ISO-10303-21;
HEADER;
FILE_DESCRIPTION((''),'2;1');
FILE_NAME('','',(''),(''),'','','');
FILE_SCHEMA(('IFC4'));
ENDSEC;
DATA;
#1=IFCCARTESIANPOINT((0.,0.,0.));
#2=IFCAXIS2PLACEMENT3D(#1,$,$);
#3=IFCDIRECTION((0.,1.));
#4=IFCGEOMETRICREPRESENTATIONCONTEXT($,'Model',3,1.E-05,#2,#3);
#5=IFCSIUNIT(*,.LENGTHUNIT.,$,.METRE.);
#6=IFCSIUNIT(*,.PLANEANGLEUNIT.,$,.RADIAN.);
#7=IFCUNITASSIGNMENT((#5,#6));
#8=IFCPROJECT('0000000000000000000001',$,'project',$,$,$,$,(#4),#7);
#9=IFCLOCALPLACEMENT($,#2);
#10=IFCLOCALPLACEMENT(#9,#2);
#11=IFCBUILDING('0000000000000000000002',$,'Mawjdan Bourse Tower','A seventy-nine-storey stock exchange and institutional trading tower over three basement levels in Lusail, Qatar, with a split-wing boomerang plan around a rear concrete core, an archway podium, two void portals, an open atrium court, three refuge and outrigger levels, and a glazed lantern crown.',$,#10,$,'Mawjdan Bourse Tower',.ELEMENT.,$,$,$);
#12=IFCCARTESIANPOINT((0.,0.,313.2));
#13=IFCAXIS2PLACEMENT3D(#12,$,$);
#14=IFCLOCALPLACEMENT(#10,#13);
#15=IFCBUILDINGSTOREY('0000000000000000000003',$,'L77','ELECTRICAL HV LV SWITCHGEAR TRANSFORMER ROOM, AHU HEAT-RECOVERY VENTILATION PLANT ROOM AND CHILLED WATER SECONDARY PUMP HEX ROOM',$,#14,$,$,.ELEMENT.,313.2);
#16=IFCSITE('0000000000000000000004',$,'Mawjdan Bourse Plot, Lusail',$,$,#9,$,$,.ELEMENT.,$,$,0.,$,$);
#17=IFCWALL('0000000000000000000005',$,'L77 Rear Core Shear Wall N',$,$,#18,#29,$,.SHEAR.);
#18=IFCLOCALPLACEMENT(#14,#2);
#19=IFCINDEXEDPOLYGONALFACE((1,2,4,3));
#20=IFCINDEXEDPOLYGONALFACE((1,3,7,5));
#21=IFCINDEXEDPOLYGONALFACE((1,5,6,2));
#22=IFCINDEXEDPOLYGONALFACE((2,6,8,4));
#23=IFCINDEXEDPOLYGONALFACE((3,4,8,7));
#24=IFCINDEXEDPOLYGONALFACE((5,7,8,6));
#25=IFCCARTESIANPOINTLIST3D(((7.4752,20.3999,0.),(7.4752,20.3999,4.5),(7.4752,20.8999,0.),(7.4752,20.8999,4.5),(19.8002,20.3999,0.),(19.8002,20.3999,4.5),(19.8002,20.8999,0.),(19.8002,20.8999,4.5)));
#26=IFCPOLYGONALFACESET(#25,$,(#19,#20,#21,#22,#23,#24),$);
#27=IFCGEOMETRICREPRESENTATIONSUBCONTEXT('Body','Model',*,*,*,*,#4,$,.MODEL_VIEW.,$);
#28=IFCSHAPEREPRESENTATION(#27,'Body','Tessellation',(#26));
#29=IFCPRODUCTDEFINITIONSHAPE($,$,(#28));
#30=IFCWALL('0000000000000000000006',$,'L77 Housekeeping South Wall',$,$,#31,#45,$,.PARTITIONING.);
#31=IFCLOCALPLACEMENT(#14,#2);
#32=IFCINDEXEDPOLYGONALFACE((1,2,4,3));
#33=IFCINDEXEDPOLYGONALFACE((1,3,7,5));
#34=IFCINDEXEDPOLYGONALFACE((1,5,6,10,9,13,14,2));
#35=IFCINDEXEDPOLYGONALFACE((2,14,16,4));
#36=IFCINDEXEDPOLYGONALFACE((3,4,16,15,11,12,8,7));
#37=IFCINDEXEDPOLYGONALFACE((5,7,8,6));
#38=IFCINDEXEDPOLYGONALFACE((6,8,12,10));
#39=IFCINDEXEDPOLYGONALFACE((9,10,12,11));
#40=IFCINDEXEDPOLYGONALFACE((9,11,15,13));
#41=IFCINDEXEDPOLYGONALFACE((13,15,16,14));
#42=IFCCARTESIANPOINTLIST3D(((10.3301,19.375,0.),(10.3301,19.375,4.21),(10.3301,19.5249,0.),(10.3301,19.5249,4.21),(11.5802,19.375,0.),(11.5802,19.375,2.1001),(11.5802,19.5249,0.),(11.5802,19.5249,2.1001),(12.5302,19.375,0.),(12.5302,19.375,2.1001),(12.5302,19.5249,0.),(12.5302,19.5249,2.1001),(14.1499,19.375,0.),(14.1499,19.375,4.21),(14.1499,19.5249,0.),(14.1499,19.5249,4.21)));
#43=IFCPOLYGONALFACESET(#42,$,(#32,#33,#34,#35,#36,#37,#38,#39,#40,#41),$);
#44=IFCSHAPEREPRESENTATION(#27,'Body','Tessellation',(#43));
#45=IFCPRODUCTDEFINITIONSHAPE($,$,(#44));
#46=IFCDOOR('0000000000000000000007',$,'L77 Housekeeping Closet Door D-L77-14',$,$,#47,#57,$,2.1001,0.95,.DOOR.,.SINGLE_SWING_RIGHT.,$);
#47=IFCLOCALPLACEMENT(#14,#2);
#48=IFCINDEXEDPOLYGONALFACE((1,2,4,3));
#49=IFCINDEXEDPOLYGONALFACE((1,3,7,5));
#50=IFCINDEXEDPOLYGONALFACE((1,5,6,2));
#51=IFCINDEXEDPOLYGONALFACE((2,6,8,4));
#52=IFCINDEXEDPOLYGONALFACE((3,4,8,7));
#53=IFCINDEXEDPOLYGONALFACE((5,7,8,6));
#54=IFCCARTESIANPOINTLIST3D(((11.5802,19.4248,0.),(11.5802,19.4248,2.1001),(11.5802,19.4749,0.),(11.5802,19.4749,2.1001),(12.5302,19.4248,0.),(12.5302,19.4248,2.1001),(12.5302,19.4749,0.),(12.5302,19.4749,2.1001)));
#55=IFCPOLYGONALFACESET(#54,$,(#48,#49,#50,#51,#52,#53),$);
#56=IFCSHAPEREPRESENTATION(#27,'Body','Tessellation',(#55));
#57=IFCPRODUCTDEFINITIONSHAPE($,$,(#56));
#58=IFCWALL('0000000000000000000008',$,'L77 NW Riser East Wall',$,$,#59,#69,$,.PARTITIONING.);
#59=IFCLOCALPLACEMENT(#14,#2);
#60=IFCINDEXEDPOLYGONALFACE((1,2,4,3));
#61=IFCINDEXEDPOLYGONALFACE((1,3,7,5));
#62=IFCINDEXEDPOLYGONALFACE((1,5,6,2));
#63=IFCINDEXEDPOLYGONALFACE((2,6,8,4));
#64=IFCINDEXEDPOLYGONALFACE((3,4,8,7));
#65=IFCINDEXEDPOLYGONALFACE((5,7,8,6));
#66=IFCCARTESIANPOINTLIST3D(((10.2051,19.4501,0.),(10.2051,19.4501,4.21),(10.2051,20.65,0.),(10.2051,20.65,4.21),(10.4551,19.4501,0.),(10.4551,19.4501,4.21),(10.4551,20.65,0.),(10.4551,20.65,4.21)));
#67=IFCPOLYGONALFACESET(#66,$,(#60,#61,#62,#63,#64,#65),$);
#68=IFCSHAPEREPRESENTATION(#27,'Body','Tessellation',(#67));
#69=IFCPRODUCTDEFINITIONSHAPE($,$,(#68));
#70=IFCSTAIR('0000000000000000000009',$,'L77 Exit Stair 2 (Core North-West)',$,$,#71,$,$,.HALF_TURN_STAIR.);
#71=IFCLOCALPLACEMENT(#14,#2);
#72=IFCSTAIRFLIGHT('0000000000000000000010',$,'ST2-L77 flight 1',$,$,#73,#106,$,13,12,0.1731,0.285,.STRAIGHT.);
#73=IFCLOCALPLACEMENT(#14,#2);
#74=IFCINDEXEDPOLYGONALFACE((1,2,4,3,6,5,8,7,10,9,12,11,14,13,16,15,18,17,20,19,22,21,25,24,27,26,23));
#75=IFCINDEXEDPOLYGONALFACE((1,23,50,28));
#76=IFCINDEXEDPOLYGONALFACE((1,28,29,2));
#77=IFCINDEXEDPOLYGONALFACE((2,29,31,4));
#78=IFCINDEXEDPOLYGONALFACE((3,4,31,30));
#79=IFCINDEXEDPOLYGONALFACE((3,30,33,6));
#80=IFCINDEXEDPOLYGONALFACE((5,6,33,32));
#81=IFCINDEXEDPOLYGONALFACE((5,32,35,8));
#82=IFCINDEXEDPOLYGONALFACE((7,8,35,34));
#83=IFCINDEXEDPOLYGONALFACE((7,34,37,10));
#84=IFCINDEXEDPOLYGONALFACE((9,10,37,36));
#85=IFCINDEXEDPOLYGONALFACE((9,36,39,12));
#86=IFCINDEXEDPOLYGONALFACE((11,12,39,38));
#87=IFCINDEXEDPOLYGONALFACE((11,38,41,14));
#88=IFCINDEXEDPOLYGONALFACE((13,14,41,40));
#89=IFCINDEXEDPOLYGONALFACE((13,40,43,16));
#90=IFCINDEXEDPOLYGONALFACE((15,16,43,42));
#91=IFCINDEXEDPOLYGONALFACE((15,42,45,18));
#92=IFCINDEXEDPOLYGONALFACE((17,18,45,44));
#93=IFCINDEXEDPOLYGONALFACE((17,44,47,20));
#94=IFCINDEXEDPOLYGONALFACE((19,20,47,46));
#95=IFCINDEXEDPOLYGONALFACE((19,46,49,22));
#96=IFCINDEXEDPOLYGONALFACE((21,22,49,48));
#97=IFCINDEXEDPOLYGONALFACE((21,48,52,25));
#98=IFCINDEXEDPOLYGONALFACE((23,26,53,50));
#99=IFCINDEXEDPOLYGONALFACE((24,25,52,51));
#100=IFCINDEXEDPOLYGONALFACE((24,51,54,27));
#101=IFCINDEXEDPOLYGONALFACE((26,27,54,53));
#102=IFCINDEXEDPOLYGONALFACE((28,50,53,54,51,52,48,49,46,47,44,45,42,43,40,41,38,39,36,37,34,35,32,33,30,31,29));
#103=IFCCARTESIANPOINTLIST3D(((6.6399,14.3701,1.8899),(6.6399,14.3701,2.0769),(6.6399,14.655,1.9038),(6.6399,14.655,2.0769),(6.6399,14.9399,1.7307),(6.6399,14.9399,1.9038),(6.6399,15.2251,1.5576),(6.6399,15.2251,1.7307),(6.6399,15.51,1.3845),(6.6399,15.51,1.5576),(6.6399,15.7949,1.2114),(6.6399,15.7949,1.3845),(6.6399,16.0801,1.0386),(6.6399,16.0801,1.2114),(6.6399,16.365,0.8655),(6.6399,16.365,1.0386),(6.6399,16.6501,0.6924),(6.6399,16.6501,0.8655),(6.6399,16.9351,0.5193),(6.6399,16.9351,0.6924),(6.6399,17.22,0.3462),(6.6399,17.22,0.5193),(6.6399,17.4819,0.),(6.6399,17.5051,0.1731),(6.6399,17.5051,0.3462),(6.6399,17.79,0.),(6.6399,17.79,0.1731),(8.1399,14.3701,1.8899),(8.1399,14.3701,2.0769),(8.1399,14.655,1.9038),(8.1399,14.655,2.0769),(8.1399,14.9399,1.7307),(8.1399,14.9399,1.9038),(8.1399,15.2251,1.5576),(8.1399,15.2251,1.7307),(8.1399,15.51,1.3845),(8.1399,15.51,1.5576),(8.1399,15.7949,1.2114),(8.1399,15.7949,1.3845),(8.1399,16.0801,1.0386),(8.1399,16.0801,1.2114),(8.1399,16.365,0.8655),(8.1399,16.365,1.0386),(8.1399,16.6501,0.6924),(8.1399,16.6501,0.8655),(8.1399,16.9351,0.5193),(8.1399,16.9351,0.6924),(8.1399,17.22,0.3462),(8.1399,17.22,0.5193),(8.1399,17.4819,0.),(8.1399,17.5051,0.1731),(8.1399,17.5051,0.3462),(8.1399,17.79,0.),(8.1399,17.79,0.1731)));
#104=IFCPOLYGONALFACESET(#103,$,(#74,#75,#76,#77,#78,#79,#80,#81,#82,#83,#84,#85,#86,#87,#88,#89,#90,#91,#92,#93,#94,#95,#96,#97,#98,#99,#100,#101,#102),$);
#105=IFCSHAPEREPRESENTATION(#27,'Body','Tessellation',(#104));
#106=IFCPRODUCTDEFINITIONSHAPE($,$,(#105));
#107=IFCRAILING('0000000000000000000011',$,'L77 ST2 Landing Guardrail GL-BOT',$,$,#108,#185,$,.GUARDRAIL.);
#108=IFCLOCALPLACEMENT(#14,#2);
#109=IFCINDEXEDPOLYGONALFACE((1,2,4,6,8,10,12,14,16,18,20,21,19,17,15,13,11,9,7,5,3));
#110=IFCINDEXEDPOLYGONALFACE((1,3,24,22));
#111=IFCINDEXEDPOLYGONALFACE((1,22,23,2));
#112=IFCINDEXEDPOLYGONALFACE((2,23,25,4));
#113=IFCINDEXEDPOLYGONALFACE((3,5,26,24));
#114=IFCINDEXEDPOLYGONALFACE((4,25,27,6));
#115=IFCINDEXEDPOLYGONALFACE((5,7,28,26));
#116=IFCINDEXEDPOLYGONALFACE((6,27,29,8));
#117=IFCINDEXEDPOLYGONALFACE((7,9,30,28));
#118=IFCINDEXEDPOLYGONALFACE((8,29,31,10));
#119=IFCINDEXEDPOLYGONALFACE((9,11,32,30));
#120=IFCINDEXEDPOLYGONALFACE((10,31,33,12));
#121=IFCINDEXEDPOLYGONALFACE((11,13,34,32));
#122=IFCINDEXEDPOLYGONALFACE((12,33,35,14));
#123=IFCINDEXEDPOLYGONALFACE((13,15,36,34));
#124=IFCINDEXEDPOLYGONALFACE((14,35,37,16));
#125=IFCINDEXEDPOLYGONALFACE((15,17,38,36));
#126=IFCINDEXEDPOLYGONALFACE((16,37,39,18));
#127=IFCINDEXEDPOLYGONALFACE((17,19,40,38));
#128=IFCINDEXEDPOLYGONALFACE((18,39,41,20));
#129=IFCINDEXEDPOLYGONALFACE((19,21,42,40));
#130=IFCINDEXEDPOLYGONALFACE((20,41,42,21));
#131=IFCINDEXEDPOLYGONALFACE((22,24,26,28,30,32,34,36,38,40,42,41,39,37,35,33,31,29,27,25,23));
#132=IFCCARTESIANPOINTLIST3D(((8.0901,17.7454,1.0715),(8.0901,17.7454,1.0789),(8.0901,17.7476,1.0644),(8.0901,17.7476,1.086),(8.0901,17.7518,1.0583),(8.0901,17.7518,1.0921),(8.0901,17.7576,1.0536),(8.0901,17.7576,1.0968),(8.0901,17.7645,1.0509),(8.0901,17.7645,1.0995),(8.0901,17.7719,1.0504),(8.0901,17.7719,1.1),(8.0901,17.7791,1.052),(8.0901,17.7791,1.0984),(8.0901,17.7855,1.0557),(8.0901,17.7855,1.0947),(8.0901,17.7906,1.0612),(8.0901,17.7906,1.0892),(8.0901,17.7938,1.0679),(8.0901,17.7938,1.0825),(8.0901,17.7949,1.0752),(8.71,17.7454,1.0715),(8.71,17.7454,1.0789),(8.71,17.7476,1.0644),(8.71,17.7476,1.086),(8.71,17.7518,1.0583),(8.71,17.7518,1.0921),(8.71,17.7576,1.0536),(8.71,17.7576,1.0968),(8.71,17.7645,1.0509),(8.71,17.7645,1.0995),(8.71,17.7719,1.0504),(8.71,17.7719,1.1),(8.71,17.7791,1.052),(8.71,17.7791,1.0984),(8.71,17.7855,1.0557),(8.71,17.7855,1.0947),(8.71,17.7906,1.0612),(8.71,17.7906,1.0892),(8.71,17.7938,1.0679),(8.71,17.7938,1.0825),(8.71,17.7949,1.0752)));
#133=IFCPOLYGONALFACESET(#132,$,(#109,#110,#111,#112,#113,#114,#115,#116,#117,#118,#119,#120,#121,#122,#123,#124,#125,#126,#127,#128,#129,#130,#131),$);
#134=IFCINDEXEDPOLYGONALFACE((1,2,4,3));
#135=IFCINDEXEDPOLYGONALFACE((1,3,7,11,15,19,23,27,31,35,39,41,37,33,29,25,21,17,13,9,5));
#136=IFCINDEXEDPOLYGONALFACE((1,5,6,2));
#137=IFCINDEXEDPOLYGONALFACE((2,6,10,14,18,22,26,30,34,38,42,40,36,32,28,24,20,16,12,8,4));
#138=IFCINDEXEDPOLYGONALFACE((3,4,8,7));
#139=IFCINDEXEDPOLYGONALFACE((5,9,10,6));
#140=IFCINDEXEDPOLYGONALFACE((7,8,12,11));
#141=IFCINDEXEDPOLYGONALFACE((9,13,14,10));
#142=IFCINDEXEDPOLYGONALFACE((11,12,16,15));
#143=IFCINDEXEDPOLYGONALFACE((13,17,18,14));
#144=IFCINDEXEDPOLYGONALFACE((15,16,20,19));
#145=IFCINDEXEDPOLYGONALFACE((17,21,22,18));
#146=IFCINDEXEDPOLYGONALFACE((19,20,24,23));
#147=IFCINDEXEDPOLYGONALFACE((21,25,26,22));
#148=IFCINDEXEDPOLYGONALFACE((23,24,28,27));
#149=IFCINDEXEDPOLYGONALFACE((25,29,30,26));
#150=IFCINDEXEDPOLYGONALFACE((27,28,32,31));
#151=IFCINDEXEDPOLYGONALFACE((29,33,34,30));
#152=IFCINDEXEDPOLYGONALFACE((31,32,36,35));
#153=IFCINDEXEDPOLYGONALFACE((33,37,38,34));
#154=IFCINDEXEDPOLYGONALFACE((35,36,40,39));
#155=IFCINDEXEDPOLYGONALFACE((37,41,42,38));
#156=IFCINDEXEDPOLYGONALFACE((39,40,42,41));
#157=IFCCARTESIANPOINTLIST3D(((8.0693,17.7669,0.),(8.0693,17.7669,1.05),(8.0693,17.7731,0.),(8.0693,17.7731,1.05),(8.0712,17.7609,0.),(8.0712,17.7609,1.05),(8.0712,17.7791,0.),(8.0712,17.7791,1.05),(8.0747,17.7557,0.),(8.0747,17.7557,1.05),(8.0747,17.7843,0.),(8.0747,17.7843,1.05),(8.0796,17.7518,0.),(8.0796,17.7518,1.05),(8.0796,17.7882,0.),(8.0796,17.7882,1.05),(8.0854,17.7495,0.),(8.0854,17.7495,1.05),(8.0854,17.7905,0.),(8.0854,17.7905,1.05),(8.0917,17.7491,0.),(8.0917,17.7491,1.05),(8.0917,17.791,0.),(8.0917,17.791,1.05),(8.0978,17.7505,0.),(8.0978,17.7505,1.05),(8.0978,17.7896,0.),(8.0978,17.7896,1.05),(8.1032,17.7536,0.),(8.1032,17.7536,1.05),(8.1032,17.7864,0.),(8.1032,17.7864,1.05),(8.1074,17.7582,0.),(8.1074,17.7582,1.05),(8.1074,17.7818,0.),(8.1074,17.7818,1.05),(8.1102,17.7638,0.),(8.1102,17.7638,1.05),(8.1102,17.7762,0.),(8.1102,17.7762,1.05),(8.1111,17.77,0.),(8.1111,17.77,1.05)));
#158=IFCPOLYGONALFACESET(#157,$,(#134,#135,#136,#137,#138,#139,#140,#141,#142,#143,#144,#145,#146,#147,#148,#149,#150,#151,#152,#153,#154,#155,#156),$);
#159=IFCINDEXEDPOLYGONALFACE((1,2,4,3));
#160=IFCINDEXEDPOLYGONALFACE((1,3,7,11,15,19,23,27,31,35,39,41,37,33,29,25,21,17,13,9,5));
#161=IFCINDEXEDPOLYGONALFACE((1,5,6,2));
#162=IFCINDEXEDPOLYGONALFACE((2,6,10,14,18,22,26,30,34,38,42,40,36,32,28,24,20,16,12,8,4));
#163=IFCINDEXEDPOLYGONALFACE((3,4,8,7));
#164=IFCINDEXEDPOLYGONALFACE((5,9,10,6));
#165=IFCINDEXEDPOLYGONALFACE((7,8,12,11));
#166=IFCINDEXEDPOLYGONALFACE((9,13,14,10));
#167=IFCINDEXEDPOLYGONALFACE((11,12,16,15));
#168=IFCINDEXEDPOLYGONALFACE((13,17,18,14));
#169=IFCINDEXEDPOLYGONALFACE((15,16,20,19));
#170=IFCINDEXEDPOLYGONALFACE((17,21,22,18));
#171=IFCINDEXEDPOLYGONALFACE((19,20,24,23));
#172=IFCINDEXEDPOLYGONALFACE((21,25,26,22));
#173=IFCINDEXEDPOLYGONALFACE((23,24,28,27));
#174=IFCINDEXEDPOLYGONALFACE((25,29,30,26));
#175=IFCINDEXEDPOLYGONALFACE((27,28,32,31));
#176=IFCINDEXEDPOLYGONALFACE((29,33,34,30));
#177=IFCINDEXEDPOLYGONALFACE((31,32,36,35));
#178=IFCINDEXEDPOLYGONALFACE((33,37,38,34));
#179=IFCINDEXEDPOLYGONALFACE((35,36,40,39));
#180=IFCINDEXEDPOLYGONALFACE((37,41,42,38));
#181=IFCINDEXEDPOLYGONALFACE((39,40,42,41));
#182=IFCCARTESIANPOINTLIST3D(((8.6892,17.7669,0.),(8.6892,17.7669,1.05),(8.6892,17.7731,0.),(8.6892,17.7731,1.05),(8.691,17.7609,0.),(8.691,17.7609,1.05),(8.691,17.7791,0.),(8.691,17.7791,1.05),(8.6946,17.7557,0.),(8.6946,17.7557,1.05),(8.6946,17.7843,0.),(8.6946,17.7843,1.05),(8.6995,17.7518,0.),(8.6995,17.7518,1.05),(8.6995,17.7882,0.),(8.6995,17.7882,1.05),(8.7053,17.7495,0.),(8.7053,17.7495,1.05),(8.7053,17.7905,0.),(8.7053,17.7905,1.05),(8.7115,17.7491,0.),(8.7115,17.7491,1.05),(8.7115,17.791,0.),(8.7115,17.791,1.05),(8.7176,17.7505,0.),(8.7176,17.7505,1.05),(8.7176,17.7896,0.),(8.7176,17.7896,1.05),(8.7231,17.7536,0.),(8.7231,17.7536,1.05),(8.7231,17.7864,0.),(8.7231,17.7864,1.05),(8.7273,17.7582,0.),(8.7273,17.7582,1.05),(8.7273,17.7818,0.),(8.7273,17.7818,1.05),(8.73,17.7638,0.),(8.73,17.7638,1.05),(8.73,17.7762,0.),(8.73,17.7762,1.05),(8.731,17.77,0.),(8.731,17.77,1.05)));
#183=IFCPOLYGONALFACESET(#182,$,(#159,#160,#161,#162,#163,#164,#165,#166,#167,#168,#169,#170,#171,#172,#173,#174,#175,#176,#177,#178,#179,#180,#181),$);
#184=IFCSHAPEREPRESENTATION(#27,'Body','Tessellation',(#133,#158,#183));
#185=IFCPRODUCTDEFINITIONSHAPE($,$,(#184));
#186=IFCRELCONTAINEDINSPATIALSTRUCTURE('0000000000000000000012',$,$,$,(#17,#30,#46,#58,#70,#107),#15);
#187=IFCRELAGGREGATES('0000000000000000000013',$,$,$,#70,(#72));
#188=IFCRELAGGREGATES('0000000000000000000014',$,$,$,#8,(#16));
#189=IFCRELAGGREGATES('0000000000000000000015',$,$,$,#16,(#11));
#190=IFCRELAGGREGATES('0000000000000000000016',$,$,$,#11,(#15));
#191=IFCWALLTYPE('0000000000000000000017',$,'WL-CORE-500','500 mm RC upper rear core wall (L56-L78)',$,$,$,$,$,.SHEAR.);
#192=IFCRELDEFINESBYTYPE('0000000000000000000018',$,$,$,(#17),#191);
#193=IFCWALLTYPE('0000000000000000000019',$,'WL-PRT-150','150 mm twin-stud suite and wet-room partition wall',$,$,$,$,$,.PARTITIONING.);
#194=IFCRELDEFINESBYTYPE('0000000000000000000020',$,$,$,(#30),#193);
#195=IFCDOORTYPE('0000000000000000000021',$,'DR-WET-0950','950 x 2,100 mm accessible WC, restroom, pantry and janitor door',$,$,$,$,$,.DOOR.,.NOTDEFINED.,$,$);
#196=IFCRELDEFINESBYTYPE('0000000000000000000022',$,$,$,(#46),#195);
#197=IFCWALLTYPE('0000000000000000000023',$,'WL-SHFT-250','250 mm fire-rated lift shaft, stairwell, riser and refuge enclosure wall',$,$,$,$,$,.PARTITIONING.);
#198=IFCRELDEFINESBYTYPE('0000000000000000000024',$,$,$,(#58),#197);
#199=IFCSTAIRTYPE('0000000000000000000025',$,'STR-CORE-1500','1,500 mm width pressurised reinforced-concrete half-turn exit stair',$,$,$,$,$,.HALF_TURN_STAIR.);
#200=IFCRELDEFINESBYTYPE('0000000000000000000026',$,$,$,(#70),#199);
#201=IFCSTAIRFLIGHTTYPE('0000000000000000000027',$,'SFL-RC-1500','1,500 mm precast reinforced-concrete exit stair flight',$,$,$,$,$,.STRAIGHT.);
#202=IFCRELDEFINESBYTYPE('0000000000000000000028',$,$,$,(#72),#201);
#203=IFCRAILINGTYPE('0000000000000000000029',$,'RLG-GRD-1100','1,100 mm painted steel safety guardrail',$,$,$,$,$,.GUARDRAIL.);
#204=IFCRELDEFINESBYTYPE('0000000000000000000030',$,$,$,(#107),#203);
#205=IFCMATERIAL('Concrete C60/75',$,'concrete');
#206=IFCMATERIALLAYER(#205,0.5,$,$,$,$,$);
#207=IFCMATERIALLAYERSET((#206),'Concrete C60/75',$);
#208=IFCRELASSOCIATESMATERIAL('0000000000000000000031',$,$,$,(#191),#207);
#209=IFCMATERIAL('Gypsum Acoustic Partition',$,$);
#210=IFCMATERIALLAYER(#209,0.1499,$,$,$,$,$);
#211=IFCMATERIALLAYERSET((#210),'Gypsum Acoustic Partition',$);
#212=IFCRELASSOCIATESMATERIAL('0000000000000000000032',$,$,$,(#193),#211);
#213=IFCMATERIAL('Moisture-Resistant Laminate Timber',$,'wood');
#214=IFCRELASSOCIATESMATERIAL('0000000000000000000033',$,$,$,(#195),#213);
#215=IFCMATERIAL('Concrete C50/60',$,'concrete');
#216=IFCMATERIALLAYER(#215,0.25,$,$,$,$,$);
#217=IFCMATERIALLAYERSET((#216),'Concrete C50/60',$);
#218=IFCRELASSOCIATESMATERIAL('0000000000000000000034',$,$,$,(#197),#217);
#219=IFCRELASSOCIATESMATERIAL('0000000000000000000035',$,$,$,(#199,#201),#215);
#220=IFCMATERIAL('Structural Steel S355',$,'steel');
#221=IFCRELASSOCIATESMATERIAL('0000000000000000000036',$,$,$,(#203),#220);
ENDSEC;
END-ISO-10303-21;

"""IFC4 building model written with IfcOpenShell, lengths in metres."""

from ifc_helpers import new_model, si_unit, direction, frame, frame_2d, origin, origin_2d, place, context, subcontext, project, spatial, polyline, rectangle, circle, outline, extrude, material, layer, layer_set, type_object, element, fill, aggregate, save


model = new_model("IFC4")

# Units and contexts
model_context = context("Model", 3, precision=1e-05, world=origin(), true_north=direction((0.0, 1.0)))
body_context = subcontext(model_context, "Body", "Model", "MODEL_VIEW")
ifc_project = project(units=[si_unit("LENGTHUNIT", "METRE"), si_unit("PLANEANGLEUNIT", "RADIAN")], contexts=[model_context])

# Site, building, storey
site_placement = place(None, origin())
site = spatial("IfcSite", under=ifc_project, at=site_placement, Name="Mawjdan Bourse Plot, Lusail", CompositionType="ELEMENT", RefElevation=0.0)
building_placement = place(site_placement, origin())
building = spatial("IfcBuilding", under=site, at=building_placement, Name="Mawjdan Bourse Tower", Description="A seventy-nine-storey stock exchange and institutional trading tower over three basement levels in Lusail, Qatar, with a split-wing boomerang plan around a rear concrete core, an archway podium, two void portals, an open atrium court, three refuge and outrigger levels, and a glazed lantern crown.", LongName="Mawjdan Bourse Tower", CompositionType="ELEMENT")
storey_placement = place(building_placement, frame((0.0, 0.0, 313.2)))
storey = spatial("IfcBuildingStorey", under=building, at=storey_placement, Name="L77", Description="ELECTRICAL HV LV SWITCHGEAR TRANSFORMER ROOM, AHU HEAT-RECOVERY VENTILATION PLANT ROOM AND CHILLED WATER SECONDARY PUMP HEX ROOM", CompositionType="ELEMENT", Elevation=313.2)

# Wall
ifc_material_1 = material(Name="Concrete C60/75", Category="concrete")
ifc_layer_1 = layer(ifc_material_1, 0.5)
ifc_layer_set_1 = layer_set([ifc_layer_1], Name="Concrete C60/75")
wall_type_1 = type_object("IfcWallType", Name="WL-CORE-500", Description="500 mm RC upper rear core wall (L56-L78)", PredefinedType="SHEAR", material=ifc_layer_set_1)
wall_1_placement = place(storey_placement, frame((7.4751, 20.6499, 0.0), z_axis=(0.0, 0.0, 1.0), x_axis=(1.0, 0.0, 0.0)))
element("IfcWall", 1, at=wall_1_placement, inside=storey, type_object=wall_type_1, Name="L77 Rear Core Shear Wall N", PredefinedType="SHEAR", context=body_context, shape_type="SweptSolid", body=[
    extrude(rectangle(XDim=12.325, YDim=0.5, at=frame_2d((6.1626, 0.0))), origin(), (0.0, 0.0, 1.0), 4.5),
])

# Wall, opening, door
ifc_material_2 = material(Name="Gypsum Acoustic Partition")
ifc_layer_2 = layer(ifc_material_2, 0.1499)
ifc_layer_set_2 = layer_set([ifc_layer_2], Name="Gypsum Acoustic Partition")
wall_type_2 = type_object("IfcWallType", Name="WL-PRT-150", Description="150 mm twin-stud suite and wet-room partition wall", PredefinedType="PARTITIONING", material=ifc_layer_set_2)
wall_2_placement = place(storey_placement, frame((10.3301, 19.45, 0.0), z_axis=(0.0, 0.0, 1.0), x_axis=(1.0, 0.0, 0.0)))
wall_2 = element("IfcWall", 2, at=wall_2_placement, inside=storey, type_object=wall_type_2, Name="L77 Housekeeping South Wall", PredefinedType="PARTITIONING", context=body_context, shape_type="SweptSolid", body=[
    extrude(rectangle(XDim=3.8198, YDim=0.1499, at=frame_2d((1.9099, 0.0))), origin(), (0.0, 0.0, 1.0), 4.21),
])
opening_placement = place(wall_2_placement, frame((1.25, 0.0, 0.0)))
opening = element("IfcOpeningElement", 3, at=opening_placement, cuts=wall_2, PredefinedType="OPENING", context=body_context, shape_type="SweptSolid", body=[
    extrude(rectangle(XDim=0.95, YDim=2.1001, at=frame_2d((0.4751, 1.05))), frame((0.0, 0.085, 0.0), z_axis=(0.0, -1.0, 0.0), x_axis=(1.0, 0.0, 0.0)), (0.0, 0.0, 1.0), 0.1699),
])
ifc_material_3 = material(Name="Moisture-Resistant Laminate Timber", Category="wood")
door_type = type_object("IfcDoorType", Name="DR-WET-0950", Description="950 x 2,100 mm accessible WC, restroom, pantry and janitor door", OperationType="NOTDEFINED", PredefinedType="DOOR", material=ifc_material_3)
door_placement = place(opening_placement, origin())
door = element("IfcDoor", 4, at=door_placement, inside=storey, type_object=door_type, Name="L77 Housekeeping Closet Door D-L77-14", OperationType="SINGLE_SWING_RIGHT", OverallHeight=2.1001, OverallWidth=0.95, PredefinedType="DOOR", context=body_context, shape_type="SweptSolid", body=[
    extrude(rectangle(XDim=0.95, YDim=2.1001, at=frame_2d((0.4751, 1.05))), frame((0.0, 0.0249, 0.0), z_axis=(0.0, -1.0, 0.0), x_axis=(1.0, 0.0, 0.0)), (0.0, 0.0, 1.0), 0.05),
])
fill(opening, door)

# Wall
ifc_material_4 = material(Name="Concrete C50/60", Category="concrete")
ifc_layer_3 = layer(ifc_material_4, 0.25)
ifc_layer_set_3 = layer_set([ifc_layer_3], Name="Concrete C50/60")
wall_type_3 = type_object("IfcWallType", Name="WL-SHFT-250", Description="250 mm fire-rated lift shaft, stairwell, riser and refuge enclosure wall", PredefinedType="PARTITIONING", material=ifc_layer_set_3)
wall_3_placement = place(storey_placement, frame((10.3301, 19.45, 0.0), z_axis=(0.0, 0.0, 1.0), x_axis=(0.0, 1.0, 0.0)))
element("IfcWall", 5, at=wall_3_placement, inside=storey, type_object=wall_type_3, Name="L77 NW Riser East Wall", PredefinedType="PARTITIONING", context=body_context, shape_type="SweptSolid", body=[
    extrude(rectangle(XDim=1.2, YDim=0.25, at=frame_2d((0.6001, 0.0))), origin(), (0.0, 0.0, 1.0), 4.21),
])

# Stair, stair flight
stair_type = type_object("IfcStairType", Name="STR-CORE-1500", Description="1,500 mm width pressurised reinforced-concrete half-turn exit stair", PredefinedType="HALF_TURN_STAIR", material=ifc_material_4)
stair_placement = place(storey_placement, origin())
stair = element("IfcStair", 6, at=stair_placement, inside=storey, type_object=stair_type, Name="L77 Exit Stair 2 (Core North-West)", PredefinedType="HALF_TURN_STAIR")
stair_flight_type = type_object("IfcStairFlightType", Name="SFL-RC-1500", Description="1,500 mm precast reinforced-concrete exit stair flight", PredefinedType="STRAIGHT", material=ifc_material_4)
stair_flight_placement = place(storey_placement, frame((7.3899, 17.79, 0.0), z_axis=(0.0, 0.0, 1.0), x_axis=(0.0, -1.0, 0.0)))
stair_flight = element("IfcStairFlight", 7, at=stair_flight_placement, type_object=stair_flight_type, Name="ST2-L77 flight 1", NumberOfRisers=13, NumberOfTreads=12, PredefinedType="STRAIGHT", RiserHeight=0.1731, TreadLength=0.285, context=body_context, shape_type="SweptSolid", body=[
    extrude(outline(polyline([(0.0, 0.0), (0.0, 0.1731), (0.2849, 0.1731), (0.2849, 0.3462), (0.5701, 0.3462), (0.5701, 0.5193), (0.855, 0.5193), (0.855, 0.6924), (1.1399, 0.6924), (1.1399, 0.8655), (1.425, 0.8655), (1.425, 1.0386), (1.71, 1.0386), (1.71, 1.2114), (1.9951, 1.2114), (1.9951, 1.3845), (2.28, 1.3845), (2.28, 1.5576), (2.5649, 1.5576), (2.5649, 1.7307), (2.8501, 1.7307), (2.8501, 1.9038), (3.135, 1.9038), (3.135, 2.0769), (3.4199, 2.0769), (3.4199, 2.25), (3.4199, 1.8899), (0.3081, 0.0), (0.0, 0.0)])), frame((0.0, 0.75, 0.0), z_axis=(0.0, -1.0, 0.0), x_axis=(1.0, 0.0, 0.0)), (0.0, 0.0, 1.0), 1.5),
])
aggregate(stair, [stair_flight])

# Railing
ifc_material_5 = material(Name="Structural Steel S355", Category="steel")
railing_type_1 = type_object("IfcRailingType", Name="RLG-GRD-1100", Description="1,100 mm painted steel safety guardrail", PredefinedType="GUARDRAIL", material=ifc_material_5)
railing_1_placement = place(storey_placement, frame((8.0901, 17.77, 0.0)))
element("IfcRailing", 8, at=railing_1_placement, inside=storey, type_object=railing_type_1, Name="L77 ST2 Landing Guardrail GL-BOT", PredefinedType="GUARDRAIL", context=body_context, shape_type="SweptSolid", body=[
    extrude(circle(Radius=0.0249, at=origin_2d()), frame((0.0, 0.0, 1.0752), z_axis=(1.0, 0.0, 0.0), x_axis=(0.0, 1.0, 0.0)), (0.0, 0.0, 1.0), 0.6199),
    extrude(circle(Radius=0.021, at=origin_2d()), origin(), (0.0, 0.0, 1.0), 1.05),
    extrude(circle(Radius=0.021, at=origin_2d()), frame((0.6199, 0.0, 0.0)), (0.0, 0.0, 1.0), 1.05),
])

save(model, "model.ifc")
